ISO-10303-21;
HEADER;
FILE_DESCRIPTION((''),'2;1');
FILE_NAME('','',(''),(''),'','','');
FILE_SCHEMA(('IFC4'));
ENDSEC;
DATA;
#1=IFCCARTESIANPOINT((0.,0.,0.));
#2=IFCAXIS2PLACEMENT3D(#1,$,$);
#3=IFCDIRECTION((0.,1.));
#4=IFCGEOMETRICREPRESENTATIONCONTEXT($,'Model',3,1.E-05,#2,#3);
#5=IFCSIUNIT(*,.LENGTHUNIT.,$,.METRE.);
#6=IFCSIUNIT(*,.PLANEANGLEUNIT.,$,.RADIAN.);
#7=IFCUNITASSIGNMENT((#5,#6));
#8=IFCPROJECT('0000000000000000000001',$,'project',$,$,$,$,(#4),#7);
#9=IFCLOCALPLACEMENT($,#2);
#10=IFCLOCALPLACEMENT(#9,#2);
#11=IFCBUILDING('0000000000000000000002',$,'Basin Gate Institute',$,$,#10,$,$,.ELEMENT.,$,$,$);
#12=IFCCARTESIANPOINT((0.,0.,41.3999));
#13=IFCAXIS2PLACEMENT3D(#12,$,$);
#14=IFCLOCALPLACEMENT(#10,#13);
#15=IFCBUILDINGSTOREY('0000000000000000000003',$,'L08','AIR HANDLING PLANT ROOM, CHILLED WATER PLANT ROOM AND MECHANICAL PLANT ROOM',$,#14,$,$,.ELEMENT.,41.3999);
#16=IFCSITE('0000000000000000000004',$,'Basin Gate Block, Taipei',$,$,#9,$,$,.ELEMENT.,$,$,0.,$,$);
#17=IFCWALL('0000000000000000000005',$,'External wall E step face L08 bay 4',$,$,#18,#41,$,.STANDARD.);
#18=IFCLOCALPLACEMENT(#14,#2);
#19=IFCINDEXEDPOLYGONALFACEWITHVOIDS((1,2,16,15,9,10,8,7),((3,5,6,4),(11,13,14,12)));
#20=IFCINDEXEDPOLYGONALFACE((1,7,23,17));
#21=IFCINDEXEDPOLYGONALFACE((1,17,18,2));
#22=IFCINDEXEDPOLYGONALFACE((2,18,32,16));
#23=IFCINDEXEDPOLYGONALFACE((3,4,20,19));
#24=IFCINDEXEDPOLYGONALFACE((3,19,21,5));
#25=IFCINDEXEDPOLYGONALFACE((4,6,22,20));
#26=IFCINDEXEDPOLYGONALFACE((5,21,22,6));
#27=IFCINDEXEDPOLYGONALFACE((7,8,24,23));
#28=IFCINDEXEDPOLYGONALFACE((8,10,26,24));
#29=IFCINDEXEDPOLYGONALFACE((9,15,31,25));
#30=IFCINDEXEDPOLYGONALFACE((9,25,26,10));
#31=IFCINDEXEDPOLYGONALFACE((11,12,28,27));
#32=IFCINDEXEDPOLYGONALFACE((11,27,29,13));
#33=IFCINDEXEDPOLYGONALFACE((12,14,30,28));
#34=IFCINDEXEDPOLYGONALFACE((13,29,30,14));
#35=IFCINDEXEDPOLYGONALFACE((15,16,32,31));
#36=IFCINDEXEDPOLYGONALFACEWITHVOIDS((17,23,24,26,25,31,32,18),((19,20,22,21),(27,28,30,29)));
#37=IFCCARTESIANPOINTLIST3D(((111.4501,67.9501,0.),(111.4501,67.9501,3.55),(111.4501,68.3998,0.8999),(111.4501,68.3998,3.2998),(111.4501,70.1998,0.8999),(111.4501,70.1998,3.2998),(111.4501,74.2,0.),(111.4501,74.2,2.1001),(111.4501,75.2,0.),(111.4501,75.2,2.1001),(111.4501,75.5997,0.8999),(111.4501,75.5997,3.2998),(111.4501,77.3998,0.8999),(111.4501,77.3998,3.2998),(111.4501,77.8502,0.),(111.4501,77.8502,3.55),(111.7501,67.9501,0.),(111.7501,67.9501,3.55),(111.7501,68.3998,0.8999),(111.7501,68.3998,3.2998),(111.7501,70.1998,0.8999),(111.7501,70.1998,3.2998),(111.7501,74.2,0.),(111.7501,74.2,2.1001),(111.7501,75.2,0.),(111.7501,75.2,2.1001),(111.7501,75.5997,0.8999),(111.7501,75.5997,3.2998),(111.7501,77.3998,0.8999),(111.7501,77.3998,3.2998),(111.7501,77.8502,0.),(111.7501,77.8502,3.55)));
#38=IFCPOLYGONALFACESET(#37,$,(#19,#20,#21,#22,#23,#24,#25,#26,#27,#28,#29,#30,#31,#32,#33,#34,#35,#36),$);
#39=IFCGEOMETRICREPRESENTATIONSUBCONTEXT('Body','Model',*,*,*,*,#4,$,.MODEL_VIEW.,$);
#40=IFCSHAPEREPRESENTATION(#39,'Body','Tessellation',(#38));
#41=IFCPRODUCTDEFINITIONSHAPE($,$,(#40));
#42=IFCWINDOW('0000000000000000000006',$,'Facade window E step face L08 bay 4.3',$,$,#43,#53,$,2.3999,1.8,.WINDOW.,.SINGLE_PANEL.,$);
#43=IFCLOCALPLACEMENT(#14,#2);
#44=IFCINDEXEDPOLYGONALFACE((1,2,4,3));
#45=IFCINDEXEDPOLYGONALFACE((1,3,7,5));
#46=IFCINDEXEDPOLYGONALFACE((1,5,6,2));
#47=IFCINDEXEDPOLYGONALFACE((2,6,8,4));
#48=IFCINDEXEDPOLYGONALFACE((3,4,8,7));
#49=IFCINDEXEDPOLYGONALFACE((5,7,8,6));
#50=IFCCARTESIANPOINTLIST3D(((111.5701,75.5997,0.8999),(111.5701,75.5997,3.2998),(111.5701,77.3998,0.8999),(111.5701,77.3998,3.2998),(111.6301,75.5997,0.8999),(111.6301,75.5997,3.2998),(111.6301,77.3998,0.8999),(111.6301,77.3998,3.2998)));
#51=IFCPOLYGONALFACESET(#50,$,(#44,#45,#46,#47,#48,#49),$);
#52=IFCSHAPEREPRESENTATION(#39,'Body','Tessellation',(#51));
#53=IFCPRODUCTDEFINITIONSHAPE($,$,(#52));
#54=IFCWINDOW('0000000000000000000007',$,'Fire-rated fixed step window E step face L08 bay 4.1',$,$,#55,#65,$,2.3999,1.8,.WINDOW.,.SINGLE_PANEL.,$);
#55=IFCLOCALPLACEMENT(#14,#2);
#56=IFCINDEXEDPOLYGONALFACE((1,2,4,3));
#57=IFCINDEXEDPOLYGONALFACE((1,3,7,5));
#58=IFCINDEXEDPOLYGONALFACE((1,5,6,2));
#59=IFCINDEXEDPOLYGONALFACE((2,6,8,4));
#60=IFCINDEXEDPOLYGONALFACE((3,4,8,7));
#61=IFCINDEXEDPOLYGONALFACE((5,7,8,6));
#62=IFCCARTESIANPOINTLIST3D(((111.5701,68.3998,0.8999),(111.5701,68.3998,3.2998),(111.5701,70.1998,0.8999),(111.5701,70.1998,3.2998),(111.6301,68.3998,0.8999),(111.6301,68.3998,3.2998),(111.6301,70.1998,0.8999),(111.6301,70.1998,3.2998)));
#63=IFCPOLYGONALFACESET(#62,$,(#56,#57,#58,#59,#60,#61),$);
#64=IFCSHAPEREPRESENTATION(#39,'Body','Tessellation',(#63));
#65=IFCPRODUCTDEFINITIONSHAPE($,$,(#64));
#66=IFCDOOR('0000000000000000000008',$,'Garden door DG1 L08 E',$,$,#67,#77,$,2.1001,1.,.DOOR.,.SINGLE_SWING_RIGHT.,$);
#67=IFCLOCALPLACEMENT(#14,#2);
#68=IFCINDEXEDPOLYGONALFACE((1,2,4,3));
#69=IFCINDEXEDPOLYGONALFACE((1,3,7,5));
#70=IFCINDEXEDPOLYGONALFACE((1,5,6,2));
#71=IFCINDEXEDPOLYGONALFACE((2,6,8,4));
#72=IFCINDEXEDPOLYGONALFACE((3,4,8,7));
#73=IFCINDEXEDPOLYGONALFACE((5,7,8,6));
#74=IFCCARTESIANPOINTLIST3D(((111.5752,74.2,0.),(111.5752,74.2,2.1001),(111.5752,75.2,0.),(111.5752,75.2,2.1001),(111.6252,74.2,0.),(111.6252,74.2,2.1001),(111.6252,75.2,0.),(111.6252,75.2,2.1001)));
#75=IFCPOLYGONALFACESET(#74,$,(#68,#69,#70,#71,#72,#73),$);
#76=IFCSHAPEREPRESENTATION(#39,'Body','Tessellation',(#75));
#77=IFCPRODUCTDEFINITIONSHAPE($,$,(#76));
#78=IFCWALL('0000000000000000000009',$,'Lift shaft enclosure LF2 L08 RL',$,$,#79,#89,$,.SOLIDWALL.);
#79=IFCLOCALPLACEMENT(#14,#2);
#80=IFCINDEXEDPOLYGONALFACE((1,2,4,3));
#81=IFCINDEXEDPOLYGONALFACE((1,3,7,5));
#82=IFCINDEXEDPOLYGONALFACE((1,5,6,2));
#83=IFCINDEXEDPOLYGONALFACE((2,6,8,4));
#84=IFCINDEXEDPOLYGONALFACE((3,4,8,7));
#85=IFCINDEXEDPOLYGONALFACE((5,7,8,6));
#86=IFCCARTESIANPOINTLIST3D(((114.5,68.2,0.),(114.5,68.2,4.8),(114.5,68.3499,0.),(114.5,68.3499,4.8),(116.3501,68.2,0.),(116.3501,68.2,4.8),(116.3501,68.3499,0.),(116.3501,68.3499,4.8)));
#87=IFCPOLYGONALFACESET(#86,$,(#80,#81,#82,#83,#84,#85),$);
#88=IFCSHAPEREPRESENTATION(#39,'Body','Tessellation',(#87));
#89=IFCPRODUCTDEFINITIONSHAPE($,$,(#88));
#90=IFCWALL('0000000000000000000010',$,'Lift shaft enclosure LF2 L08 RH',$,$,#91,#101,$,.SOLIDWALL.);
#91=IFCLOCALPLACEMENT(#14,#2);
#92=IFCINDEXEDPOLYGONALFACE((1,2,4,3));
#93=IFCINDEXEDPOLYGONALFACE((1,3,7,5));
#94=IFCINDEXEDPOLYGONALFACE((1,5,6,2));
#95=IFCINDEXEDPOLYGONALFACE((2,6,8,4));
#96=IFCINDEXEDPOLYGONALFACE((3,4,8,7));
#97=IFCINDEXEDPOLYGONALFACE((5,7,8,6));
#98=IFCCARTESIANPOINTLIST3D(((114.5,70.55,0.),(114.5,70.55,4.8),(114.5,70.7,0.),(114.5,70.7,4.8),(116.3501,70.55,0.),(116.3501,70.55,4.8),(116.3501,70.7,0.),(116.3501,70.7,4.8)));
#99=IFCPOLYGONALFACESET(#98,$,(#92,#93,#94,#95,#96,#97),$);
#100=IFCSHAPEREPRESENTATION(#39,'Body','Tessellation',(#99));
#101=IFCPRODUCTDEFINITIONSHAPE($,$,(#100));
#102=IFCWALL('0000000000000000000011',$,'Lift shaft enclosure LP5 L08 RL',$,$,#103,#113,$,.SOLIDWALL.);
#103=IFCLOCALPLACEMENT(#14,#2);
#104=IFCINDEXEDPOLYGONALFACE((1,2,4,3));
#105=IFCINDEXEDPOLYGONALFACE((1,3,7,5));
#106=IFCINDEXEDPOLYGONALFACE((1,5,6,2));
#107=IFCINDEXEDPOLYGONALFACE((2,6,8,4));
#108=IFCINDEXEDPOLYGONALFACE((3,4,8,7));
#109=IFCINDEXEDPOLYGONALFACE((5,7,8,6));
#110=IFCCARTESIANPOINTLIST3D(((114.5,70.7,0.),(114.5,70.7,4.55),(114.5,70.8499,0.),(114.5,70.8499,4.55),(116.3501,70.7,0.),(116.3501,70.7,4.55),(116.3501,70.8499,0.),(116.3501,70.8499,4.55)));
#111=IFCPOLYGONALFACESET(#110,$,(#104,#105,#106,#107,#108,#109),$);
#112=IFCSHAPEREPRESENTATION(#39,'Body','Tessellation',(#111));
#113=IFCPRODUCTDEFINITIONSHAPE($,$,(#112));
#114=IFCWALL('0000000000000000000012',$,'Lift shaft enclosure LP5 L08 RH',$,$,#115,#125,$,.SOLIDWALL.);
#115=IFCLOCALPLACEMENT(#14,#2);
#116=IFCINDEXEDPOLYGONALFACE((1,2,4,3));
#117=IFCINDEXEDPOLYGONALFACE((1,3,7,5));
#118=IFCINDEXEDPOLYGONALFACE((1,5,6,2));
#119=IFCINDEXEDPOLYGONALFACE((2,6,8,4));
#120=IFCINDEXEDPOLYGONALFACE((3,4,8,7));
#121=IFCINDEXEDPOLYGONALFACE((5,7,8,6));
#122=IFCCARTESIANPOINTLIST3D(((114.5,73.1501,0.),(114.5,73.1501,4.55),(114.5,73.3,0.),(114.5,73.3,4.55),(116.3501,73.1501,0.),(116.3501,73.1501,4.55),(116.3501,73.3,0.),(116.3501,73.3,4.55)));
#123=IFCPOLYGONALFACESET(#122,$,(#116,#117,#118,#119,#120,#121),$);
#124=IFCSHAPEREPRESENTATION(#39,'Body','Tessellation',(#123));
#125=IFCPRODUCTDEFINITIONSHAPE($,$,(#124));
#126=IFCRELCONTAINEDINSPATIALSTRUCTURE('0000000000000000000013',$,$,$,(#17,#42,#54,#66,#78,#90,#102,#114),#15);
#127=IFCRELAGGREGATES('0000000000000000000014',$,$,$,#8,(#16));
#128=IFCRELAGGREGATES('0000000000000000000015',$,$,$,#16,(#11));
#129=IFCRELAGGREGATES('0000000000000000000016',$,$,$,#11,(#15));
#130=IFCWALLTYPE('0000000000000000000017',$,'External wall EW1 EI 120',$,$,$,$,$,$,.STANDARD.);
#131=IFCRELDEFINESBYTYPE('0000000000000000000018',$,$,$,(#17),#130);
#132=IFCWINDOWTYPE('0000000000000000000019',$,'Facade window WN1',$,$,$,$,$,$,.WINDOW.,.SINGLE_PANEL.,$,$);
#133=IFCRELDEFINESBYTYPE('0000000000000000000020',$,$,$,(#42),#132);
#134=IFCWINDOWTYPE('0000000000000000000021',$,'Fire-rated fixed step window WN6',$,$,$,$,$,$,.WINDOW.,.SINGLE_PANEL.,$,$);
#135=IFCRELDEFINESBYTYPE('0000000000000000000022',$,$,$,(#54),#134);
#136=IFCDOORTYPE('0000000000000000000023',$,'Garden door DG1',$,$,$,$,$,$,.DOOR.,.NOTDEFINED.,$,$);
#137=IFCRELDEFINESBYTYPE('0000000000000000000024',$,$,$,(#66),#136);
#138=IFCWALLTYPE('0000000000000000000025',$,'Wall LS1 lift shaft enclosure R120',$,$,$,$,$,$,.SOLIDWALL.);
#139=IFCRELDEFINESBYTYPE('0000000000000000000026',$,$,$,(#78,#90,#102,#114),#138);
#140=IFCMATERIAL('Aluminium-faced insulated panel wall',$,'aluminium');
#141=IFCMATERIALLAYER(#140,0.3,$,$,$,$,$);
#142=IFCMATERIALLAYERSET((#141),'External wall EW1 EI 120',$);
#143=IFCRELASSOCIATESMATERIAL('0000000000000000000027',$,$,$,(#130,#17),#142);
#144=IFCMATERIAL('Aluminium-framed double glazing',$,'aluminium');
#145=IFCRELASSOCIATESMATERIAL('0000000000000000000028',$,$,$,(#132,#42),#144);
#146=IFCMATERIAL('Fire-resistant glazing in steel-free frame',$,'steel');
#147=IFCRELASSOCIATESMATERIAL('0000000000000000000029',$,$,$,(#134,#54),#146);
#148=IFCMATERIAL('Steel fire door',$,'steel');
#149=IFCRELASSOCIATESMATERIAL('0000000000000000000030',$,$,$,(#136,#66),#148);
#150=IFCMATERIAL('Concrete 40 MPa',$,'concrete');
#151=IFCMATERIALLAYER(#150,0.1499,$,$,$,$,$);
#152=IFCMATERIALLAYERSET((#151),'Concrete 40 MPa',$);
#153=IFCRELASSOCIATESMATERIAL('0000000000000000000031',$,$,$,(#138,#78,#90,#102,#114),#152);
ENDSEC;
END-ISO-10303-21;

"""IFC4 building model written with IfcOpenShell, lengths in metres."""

from ifc_helpers import new_model, si_unit, direction, frame, frame_2d, origin, place, context, subcontext, project, spatial, rectangle, extrude, material, layer, layer_set, type_object, element, fill, save


model = new_model("IFC4")

# Units and contexts
model_context = context("Model", 3, precision=1e-05, world=origin(), true_north=direction((0.0, 1.0)))
body_context = subcontext(model_context, "Body", "Model", "MODEL_VIEW")
ifc_project = project(units=[si_unit("LENGTHUNIT", "METRE"), si_unit("PLANEANGLEUNIT", "RADIAN")], contexts=[model_context])

# Site, building, storey
site_placement = place(None, origin())
site = spatial("IfcSite", under=ifc_project, at=site_placement, Name="Basin Gate Block, Taipei", CompositionType="ELEMENT", RefElevation=0.0)
building_placement = place(site_placement, origin())
building = spatial("IfcBuilding", under=site, at=building_placement, Name="Basin Gate Institute", CompositionType="ELEMENT")
storey_placement = place(building_placement, frame((0.0, 0.0, 41.3999)))
storey = spatial("IfcBuildingStorey", under=building, at=storey_placement, Name="L08", Description="AIR HANDLING PLANT ROOM, CHILLED WATER PLANT ROOM AND MECHANICAL PLANT ROOM", CompositionType="ELEMENT", Elevation=41.3999)

# Wall, openings, windows, door
ifc_material_1 = material(Name="Aluminium-faced insulated panel wall", Category="aluminium")
ifc_layer_1 = layer(ifc_material_1, 0.3)
ifc_layer_set_1 = layer_set([ifc_layer_1], Name="External wall EW1 EI 120")
wall_type_1 = type_object("IfcWallType", Name="External wall EW1 EI 120", PredefinedType="STANDARD", material=ifc_layer_set_1)
wall_1_placement = place(storey_placement, frame((111.6001, 67.95, 0.0), z_axis=(0.0, 0.0, 1.0), x_axis=(0.0, 1.0, 0.0)))
wall_1 = element("IfcWall", 1, at=wall_1_placement, inside=storey, type_object=wall_type_1, material=ifc_layer_set_1, Name="External wall E step face L08 bay 4", PredefinedType="STANDARD", context=body_context, shape_type="SweptSolid", body=[
    extrude(rectangle(XDim=9.9001, YDim=0.3, at=frame_2d((4.9502, 0.0))), origin(), (0.0, 0.0, 1.0), 3.55),
])
opening_1_placement = place(wall_1_placement, frame((0.45, 0.0, 0.8999)))
opening_1 = element("IfcOpeningElement", 2, at=opening_1_placement, cuts=wall_1, PredefinedType="OPENING", context=body_context, shape_type="SweptSolid", body=[
    extrude(rectangle(XDim=1.8, YDim=2.3999, at=frame_2d((0.8999, 1.2))), frame((0.0, 0.1602, 0.0), z_axis=(0.0, -1.0, 0.0), x_axis=(1.0, 0.0, 0.0)), (0.0, 0.0, 1.0), 0.3201),
])
opening_2_placement = place(wall_1_placement, frame((7.6499, 0.0, 0.8999)))
opening_2 = element("IfcOpeningElement", 3, at=opening_2_placement, cuts=wall_1, PredefinedType="OPENING", context=body_context, shape_type="SweptSolid", body=[
    extrude(rectangle(XDim=1.8, YDim=2.3999, at=frame_2d((0.8999, 1.2))), frame((0.0, 0.1602, 0.0), z_axis=(0.0, -1.0, 0.0), x_axis=(1.0, 0.0, 0.0)), (0.0, 0.0, 1.0), 0.3201),
])
opening_3_placement = place(wall_1_placement, frame((6.25, 0.0, 0.0)))
opening_3 = element("IfcOpeningElement", 4, at=opening_3_placement, cuts=wall_1, PredefinedType="OPENING", context=body_context, shape_type="SweptSolid", body=[
    extrude(rectangle(XDim=1.0, YDim=2.1001, at=frame_2d((0.5, 1.05))), frame((0.0, 0.1602, 0.0), z_axis=(0.0, -1.0, 0.0), x_axis=(1.0, 0.0, 0.0)), (0.0, 0.0, 1.0), 0.3201),
])
ifc_material_2 = material(Name="Aluminium-framed double glazing", Category="aluminium")
window_type_1 = type_object("IfcWindowType", Name="Facade window WN1", PartitioningType="SINGLE_PANEL", PredefinedType="WINDOW", material=ifc_material_2)
window_1_placement = place(opening_2_placement, origin())
window_1 = element("IfcWindow", 5, at=window_1_placement, inside=storey, type_object=window_type_1, material=ifc_material_2, Name="Facade window E step face L08 bay 4.3", OverallHeight=2.3999, OverallWidth=1.8, PartitioningType="SINGLE_PANEL", PredefinedType="WINDOW", context=body_context, shape_type="SweptSolid", body=[
    extrude(rectangle(XDim=1.8, YDim=2.3999, at=frame_2d((0.8999, 1.2))), frame((0.0, 0.03, 0.0), z_axis=(0.0, -1.0, 0.0), x_axis=(1.0, 0.0, 0.0)), (0.0, 0.0, 1.0), 0.0601),
])
fill(opening_2, window_1)
ifc_material_3 = material(Name="Fire-resistant glazing in steel-free frame", Category="steel")
window_type_2 = type_object("IfcWindowType", Name="Fire-rated fixed step window WN6", PartitioningType="SINGLE_PANEL", PredefinedType="WINDOW", material=ifc_material_3)
window_2_placement = place(opening_1_placement, origin())
window_2 = element("IfcWindow", 6, at=window_2_placement, inside=storey, type_object=window_type_2, material=ifc_material_3, Name="Fire-rated fixed step window E step face L08 bay 4.1", OverallHeight=2.3999, OverallWidth=1.8, PartitioningType="SINGLE_PANEL", PredefinedType="WINDOW", context=body_context, shape_type="SweptSolid", body=[
    extrude(rectangle(XDim=1.8, YDim=2.3999, at=frame_2d((0.8999, 1.2))), frame((0.0, 0.03, 0.0), z_axis=(0.0, -1.0, 0.0), x_axis=(1.0, 0.0, 0.0)), (0.0, 0.0, 1.0), 0.0601),
])
fill(opening_1, window_2)
ifc_material_4 = material(Name="Steel fire door", Category="steel")
door_type_1 = type_object("IfcDoorType", Name="Garden door DG1", OperationType="NOTDEFINED", PredefinedType="DOOR", material=ifc_material_4)
door_1_placement = place(opening_3_placement, origin())
door_1 = element("IfcDoor", 7, at=door_1_placement, inside=storey, type_object=door_type_1, material=ifc_material_4, Name="Garden door DG1 L08 E", OperationType="SINGLE_SWING_RIGHT", OverallHeight=2.1001, OverallWidth=1.0, PredefinedType="DOOR", context=body_context, shape_type="SweptSolid", body=[
    extrude(rectangle(XDim=1.0, YDim=2.1001, at=frame_2d((0.5, 1.05))), frame((0.0, 0.0249, 0.0), z_axis=(0.0, -1.0, 0.0), x_axis=(1.0, 0.0, 0.0)), (0.0, 0.0, 1.0), 0.05),
])
fill(opening_3, door_1)

# Walls
ifc_material_5 = material(Name="Concrete 40 MPa", Category="concrete")
ifc_layer_2 = layer(ifc_material_5, 0.1499)
ifc_layer_set_2 = layer_set([ifc_layer_2], Name="Concrete 40 MPa")
wall_type_2 = type_object("IfcWallType", Name="Wall LS1 lift shaft enclosure R120", PredefinedType="SOLIDWALL", material=ifc_layer_set_2)
for number, where, z_axis, x_axis, name in (
    (8, (116.3501, 68.2749, 0.0), (0.0, 0.0, 1.0), (-1.0, 0.0, 0.0), "Lift shaft enclosure LF2 L08 RL"),
    (9, (116.3501, 70.625, 0.0), (0.0, 0.0, 1.0), (-1.0, 0.0, 0.0), "Lift shaft enclosure LF2 L08 RH"),
):
    element("IfcWall", number, at=place(storey_placement, frame(where, z_axis=z_axis, x_axis=x_axis)), inside=storey, type_object=wall_type_2, material=ifc_layer_set_2, Name=name, PredefinedType="SOLIDWALL", context=body_context, shape_type="SweptSolid", body=[
        extrude(rectangle(XDim=1.8501, YDim=0.1499, at=frame_2d((0.925, 0.0))), origin(), (0.0, 0.0, 1.0), 4.8),
    ])
for number, where, z_axis, x_axis, name in (
    (10, (116.3501, 70.7749, 0.0), (0.0, 0.0, 1.0), (-1.0, 0.0, 0.0), "Lift shaft enclosure LP5 L08 RL"),
    (11, (116.3501, 73.2251, 0.0), (0.0, 0.0, 1.0), (-1.0, 0.0, 0.0), "Lift shaft enclosure LP5 L08 RH"),
):
    element("IfcWall", number, at=place(storey_placement, frame(where, z_axis=z_axis, x_axis=x_axis)), inside=storey, type_object=wall_type_2, material=ifc_layer_set_2, Name=name, PredefinedType="SOLIDWALL", context=body_context, shape_type="SweptSolid", body=[
        extrude(rectangle(XDim=1.8501, YDim=0.1499, at=frame_2d((0.925, 0.0))), origin(), (0.0, 0.0, 1.0), 4.55),
    ])

save(model, "model.ifc")
